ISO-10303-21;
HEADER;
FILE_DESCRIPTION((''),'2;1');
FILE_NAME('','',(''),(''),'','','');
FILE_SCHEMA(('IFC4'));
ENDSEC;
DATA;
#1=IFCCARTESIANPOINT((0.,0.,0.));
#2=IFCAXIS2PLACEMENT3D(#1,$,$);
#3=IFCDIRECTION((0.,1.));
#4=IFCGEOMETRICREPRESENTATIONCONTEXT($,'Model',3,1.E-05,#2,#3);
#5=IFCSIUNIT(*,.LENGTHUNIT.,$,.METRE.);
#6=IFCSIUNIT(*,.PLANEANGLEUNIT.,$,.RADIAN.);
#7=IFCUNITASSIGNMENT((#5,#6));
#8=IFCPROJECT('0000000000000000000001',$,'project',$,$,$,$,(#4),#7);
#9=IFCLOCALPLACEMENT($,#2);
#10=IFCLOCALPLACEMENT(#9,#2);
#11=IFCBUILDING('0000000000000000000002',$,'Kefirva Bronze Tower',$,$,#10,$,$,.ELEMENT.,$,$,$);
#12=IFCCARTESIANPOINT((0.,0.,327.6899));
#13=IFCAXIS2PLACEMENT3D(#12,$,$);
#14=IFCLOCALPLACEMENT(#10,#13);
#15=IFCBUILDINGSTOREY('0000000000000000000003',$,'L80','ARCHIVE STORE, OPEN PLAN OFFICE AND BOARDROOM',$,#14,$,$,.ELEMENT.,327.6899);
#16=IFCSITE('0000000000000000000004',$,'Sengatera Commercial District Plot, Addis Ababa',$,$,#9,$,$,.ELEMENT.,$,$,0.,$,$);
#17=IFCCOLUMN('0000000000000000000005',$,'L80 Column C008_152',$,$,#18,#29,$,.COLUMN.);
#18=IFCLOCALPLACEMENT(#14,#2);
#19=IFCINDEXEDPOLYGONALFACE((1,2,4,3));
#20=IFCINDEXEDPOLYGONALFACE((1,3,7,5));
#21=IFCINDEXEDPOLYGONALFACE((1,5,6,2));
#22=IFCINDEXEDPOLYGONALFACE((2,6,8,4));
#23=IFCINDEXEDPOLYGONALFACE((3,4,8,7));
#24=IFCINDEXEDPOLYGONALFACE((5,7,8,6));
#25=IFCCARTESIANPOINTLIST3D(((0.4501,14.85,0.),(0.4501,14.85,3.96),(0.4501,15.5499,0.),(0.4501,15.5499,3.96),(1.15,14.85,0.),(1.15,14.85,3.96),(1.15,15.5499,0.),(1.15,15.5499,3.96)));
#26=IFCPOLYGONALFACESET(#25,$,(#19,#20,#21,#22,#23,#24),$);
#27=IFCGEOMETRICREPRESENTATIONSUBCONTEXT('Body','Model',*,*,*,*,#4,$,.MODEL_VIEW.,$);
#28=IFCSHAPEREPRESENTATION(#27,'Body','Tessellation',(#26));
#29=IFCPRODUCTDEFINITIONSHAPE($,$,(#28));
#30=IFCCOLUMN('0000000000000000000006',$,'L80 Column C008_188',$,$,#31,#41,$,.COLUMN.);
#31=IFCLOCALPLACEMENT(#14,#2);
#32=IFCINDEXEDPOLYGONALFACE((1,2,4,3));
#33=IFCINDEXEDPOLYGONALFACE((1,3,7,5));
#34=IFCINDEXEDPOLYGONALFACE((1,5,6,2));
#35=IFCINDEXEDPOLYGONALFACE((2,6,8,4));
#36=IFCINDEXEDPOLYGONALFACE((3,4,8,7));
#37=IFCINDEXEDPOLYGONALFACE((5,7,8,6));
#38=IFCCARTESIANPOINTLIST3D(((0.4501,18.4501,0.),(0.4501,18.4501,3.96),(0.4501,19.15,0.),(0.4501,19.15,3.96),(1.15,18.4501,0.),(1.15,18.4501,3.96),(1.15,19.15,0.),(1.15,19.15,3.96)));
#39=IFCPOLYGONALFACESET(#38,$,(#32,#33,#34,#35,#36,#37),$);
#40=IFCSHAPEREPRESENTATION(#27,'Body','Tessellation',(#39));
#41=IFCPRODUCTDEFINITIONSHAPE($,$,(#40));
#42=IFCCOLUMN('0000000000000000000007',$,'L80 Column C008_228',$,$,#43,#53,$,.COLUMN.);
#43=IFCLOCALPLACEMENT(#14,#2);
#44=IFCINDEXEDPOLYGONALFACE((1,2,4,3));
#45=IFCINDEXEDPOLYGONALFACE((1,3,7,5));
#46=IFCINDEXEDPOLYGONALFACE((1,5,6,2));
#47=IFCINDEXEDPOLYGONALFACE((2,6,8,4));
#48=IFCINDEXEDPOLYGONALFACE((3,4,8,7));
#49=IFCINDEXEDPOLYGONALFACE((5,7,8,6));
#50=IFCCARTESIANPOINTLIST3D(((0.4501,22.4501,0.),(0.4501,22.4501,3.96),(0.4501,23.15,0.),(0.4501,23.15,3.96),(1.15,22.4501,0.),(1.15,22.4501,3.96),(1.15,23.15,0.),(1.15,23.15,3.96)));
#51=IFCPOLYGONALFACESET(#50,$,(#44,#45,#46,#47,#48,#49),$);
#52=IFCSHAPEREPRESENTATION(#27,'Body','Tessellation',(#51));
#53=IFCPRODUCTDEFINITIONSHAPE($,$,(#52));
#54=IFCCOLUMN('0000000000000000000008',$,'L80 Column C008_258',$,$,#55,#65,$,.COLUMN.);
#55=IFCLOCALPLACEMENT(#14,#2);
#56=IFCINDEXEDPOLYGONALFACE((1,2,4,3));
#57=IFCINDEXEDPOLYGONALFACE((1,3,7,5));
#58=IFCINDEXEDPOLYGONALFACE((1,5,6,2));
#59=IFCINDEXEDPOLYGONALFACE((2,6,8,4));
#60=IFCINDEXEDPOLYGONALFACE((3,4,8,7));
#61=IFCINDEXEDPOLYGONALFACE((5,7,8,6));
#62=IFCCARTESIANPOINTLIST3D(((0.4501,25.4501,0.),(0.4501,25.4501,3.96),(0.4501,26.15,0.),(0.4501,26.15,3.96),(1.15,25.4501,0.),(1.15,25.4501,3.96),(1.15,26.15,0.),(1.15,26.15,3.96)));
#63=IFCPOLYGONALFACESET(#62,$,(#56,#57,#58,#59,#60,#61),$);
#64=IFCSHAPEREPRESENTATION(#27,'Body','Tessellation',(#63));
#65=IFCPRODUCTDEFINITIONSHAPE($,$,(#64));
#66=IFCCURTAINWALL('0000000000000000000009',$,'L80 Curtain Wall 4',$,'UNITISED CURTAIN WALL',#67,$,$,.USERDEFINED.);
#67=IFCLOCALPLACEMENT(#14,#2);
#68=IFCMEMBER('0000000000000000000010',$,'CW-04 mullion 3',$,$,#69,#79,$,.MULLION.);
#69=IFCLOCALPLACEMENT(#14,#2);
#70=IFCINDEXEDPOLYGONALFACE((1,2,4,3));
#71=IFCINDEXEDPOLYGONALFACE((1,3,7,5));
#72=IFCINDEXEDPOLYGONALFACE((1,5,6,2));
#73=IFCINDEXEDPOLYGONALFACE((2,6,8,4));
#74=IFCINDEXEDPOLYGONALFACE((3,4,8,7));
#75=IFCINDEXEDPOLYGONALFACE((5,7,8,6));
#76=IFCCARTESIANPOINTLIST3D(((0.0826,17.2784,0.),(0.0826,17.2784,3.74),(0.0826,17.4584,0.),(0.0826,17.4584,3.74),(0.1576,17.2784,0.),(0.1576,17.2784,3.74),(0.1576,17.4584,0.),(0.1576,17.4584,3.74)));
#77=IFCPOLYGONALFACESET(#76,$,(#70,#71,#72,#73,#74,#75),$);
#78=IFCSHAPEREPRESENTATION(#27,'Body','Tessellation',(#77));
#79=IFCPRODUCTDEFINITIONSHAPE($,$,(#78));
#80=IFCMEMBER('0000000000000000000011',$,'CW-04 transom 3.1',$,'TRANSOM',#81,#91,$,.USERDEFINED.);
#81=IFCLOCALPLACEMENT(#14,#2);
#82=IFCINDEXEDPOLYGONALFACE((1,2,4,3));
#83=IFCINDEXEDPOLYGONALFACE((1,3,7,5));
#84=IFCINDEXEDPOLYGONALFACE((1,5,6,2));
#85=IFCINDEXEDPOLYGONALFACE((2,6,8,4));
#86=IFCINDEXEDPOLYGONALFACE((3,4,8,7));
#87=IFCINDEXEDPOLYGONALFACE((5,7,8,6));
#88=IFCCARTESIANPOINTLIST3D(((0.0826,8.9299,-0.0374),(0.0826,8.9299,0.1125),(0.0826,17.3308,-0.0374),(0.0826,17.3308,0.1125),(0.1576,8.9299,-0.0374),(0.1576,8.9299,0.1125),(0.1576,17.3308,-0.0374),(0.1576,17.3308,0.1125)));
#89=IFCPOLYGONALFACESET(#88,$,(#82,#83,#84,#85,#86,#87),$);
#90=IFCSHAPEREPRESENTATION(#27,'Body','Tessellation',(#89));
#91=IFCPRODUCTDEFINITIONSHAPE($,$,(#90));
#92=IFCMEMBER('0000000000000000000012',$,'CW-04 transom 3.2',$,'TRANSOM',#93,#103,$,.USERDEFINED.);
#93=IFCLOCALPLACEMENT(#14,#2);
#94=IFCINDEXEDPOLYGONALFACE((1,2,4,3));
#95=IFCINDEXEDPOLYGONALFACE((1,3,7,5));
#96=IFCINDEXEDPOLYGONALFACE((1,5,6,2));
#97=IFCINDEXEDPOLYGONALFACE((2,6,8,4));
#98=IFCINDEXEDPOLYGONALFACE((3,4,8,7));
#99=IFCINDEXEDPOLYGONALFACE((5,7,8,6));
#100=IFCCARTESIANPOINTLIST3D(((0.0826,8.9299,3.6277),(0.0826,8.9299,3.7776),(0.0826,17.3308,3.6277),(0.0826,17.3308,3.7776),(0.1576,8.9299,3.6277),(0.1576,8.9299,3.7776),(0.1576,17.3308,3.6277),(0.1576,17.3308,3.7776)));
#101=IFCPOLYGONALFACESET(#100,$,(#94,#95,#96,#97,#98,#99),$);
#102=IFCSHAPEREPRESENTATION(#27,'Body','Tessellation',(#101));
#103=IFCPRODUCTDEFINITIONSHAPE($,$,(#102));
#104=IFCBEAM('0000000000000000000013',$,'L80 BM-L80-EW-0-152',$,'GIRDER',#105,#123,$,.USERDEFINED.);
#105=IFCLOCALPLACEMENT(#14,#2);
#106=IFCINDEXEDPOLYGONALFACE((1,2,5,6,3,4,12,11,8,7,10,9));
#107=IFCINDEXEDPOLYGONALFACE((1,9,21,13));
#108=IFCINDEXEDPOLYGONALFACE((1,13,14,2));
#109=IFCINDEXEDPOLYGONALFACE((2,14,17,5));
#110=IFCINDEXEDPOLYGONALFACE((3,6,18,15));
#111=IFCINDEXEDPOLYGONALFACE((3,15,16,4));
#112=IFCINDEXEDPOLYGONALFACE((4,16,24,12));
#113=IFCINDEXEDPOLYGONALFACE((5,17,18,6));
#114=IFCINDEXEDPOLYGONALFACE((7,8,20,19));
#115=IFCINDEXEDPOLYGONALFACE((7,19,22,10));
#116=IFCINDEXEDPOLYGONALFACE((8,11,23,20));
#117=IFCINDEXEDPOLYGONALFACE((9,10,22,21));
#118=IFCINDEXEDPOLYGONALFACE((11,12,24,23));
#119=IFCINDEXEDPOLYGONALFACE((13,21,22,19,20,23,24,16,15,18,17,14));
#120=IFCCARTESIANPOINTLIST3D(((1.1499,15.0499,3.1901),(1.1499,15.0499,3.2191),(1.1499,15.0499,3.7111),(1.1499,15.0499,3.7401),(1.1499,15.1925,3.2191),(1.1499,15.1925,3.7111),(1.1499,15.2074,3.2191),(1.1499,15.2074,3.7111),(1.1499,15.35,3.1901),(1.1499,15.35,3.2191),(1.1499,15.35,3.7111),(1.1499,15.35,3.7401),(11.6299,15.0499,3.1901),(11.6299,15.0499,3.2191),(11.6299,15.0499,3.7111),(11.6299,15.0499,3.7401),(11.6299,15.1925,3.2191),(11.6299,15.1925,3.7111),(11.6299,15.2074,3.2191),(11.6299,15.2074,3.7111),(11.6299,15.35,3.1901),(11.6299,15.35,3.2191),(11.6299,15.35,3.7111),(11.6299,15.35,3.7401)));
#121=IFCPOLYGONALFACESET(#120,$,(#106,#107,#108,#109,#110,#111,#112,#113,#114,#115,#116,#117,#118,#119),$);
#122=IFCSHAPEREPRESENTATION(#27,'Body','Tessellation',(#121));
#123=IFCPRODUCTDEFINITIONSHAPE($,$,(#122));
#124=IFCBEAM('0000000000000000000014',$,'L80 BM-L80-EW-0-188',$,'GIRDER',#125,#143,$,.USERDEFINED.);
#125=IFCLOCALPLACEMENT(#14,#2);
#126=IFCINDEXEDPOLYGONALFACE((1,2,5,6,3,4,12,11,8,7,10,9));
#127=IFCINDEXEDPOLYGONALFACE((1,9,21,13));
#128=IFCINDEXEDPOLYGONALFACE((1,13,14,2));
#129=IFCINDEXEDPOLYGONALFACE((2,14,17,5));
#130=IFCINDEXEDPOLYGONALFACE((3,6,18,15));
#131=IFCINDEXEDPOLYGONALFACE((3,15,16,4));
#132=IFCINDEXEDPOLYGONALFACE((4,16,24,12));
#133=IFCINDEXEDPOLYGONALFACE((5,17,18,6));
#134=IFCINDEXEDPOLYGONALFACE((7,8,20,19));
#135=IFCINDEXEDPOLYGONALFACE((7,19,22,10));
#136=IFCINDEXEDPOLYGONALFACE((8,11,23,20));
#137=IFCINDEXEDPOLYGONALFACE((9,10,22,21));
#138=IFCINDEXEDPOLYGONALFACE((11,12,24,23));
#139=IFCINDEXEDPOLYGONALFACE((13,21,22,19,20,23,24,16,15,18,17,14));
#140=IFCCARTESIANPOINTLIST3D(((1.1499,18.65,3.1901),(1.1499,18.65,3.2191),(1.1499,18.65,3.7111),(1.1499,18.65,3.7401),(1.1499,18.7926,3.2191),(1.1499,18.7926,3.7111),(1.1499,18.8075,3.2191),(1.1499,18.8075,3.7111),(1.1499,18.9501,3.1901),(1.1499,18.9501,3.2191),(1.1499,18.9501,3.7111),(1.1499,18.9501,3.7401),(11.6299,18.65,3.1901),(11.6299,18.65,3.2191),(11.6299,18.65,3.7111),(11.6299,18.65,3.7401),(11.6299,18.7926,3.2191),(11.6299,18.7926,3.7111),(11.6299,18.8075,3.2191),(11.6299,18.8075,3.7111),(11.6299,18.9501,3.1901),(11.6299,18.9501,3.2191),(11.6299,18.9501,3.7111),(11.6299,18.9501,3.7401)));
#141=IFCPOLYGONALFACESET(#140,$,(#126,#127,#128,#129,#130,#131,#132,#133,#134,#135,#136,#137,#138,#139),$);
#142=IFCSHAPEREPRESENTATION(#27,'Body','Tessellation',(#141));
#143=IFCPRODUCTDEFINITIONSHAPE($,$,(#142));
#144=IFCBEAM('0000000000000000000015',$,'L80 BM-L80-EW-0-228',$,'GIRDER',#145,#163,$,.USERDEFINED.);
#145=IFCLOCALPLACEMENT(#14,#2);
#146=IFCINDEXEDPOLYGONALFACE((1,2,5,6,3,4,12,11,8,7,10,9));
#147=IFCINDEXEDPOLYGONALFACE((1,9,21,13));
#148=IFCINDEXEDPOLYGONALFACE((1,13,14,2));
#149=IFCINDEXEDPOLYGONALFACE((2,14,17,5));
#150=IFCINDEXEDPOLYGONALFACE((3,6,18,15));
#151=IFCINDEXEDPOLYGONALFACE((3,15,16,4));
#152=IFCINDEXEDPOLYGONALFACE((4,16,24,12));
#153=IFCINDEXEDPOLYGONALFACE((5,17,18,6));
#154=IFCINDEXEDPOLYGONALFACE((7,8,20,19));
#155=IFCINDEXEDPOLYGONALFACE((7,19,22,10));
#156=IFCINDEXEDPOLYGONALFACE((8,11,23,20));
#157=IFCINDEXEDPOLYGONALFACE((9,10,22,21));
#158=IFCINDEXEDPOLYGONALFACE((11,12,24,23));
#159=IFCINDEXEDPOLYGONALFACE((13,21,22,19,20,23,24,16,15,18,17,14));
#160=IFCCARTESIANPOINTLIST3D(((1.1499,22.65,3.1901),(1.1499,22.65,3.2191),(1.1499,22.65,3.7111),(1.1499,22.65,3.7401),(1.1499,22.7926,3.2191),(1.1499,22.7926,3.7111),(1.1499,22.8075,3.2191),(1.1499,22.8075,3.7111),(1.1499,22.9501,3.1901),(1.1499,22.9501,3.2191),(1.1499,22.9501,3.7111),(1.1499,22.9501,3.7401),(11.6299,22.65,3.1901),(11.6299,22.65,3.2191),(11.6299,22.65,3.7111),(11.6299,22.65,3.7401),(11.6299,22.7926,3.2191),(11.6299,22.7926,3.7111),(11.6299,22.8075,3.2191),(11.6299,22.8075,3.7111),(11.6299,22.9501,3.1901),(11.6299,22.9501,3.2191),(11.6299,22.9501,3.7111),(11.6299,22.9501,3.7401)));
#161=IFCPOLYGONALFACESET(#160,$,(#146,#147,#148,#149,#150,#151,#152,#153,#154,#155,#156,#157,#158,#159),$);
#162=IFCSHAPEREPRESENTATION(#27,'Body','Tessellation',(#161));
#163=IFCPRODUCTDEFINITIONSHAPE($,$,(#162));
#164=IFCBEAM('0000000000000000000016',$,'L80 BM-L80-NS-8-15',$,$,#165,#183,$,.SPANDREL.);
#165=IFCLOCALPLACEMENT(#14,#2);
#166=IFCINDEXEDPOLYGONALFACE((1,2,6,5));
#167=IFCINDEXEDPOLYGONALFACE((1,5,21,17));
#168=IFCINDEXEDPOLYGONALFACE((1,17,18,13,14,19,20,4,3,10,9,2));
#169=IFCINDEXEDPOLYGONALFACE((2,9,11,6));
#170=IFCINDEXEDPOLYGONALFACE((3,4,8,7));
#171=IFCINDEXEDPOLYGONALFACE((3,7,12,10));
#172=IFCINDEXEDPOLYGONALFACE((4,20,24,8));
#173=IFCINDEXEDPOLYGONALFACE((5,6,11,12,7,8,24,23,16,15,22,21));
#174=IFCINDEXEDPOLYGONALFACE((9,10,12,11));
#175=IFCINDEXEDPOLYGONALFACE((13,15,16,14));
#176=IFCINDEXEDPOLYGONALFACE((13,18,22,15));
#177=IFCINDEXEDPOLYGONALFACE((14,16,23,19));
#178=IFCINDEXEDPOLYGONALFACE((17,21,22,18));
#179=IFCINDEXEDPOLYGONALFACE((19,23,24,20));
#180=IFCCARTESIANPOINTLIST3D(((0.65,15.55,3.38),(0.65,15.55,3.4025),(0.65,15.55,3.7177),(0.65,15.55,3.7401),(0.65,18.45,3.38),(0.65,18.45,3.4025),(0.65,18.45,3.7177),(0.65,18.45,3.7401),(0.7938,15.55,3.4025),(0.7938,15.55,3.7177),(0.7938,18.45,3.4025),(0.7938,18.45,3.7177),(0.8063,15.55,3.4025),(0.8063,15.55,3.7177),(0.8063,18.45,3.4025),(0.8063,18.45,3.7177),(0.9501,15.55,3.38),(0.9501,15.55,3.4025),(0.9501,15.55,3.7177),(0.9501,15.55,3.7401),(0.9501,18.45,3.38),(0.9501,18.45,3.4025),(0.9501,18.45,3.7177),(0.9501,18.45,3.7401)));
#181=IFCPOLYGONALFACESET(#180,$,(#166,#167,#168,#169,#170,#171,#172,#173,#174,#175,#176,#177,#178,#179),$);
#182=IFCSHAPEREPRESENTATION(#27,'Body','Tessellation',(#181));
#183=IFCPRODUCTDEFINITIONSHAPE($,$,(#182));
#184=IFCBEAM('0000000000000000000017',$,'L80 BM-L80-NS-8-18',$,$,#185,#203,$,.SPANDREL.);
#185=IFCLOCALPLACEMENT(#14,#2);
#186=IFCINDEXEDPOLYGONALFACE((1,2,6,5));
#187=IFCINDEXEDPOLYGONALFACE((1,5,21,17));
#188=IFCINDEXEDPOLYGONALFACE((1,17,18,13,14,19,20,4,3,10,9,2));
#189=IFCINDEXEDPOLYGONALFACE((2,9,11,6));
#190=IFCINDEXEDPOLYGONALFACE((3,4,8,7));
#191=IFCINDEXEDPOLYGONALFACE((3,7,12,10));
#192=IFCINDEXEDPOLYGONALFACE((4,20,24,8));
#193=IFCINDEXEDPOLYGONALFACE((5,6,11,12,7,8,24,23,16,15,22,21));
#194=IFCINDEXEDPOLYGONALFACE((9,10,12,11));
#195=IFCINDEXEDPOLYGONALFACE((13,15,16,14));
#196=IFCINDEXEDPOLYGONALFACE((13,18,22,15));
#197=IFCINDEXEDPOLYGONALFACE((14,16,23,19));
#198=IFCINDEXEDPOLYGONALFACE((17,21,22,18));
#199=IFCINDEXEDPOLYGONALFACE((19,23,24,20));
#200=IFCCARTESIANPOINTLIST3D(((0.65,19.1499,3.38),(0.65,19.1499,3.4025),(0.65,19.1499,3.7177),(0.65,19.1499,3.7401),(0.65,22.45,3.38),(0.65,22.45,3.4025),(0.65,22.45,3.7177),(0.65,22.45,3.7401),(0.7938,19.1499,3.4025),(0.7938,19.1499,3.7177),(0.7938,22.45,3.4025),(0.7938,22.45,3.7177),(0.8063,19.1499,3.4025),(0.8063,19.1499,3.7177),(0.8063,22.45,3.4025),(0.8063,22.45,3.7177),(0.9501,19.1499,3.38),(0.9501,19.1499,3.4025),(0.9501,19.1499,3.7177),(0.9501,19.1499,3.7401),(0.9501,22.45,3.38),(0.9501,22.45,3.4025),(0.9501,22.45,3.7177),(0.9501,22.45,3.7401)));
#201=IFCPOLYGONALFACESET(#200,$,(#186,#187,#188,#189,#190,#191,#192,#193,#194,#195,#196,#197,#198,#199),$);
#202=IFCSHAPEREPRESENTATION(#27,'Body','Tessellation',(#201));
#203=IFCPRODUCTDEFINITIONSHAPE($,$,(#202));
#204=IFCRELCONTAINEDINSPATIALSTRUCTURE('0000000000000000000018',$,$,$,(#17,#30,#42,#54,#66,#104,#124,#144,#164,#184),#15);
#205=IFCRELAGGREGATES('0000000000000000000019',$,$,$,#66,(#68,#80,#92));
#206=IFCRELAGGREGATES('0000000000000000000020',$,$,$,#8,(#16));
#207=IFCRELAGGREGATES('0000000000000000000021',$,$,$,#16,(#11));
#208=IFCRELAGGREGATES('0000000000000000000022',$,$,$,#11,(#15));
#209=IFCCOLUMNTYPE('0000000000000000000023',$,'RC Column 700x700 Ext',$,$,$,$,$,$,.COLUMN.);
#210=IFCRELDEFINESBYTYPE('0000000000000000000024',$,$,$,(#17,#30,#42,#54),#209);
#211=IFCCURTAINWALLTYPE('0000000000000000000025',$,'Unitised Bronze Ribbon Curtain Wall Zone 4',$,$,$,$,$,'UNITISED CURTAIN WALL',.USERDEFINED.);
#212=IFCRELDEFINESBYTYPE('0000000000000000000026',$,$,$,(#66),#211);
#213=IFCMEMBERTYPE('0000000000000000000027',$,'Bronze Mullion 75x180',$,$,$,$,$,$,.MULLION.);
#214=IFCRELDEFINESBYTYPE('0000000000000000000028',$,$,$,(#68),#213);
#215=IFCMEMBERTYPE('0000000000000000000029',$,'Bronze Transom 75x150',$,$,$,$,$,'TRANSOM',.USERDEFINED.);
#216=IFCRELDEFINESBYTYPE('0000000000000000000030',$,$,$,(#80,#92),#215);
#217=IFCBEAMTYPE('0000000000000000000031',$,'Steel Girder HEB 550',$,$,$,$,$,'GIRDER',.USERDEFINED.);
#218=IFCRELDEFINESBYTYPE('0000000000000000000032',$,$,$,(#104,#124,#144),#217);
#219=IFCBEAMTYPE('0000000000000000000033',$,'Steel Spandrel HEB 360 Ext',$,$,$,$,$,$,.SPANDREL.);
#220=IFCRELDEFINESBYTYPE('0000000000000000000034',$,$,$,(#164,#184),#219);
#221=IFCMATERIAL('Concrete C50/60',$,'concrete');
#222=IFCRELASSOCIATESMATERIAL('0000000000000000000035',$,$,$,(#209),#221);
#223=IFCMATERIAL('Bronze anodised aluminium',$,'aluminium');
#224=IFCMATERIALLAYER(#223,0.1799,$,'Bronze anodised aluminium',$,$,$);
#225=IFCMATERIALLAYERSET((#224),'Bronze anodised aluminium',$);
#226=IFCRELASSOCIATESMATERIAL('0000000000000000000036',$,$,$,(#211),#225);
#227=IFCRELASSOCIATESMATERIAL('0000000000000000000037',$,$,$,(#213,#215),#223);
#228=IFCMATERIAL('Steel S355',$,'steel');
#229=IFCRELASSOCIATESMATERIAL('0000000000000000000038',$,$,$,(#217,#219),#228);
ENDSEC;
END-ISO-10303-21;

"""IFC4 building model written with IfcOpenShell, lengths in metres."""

from ifc_helpers import new_model, si_unit, direction, frame, origin, origin_2d, place, context, subcontext, project, spatial, rectangle, i_section, extrude, material, layer, layer_set, material_profile, profile_set, type_object, element, aggregate, save


model = new_model("IFC4")

# Units and contexts
model_context = context("Model", 3, precision=1e-05, world=origin(), true_north=direction((0.0, 1.0)))
body_context = subcontext(model_context, "Body", "Model", "MODEL_VIEW")
ifc_project = project(units=[si_unit("LENGTHUNIT", "METRE"), si_unit("PLANEANGLEUNIT", "RADIAN")], contexts=[model_context])

# Site, building, storey
site_placement = place(None, origin())
site = spatial("IfcSite", under=ifc_project, at=site_placement, Name="Sengatera Commercial District Plot, Addis Ababa", CompositionType="ELEMENT", RefElevation=0.0)
building_placement = place(site_placement, origin())
building = spatial("IfcBuilding", under=site, at=building_placement, Name="Kefirva Bronze Tower", CompositionType="ELEMENT")
storey_placement = place(building_placement, frame((0.0, 0.0, 327.6899)))
storey = spatial("IfcBuildingStorey", under=building, at=storey_placement, Name="L80", Description="ARCHIVE STORE, OPEN PLAN OFFICE AND BOARDROOM", CompositionType="ELEMENT", Elevation=327.6899)

# Columns
ifc_material_1 = material(Name="Concrete C50/60", Category="concrete")
ifc_material_profile_1 = material_profile(ifc_material_1, rectangle(XDim=0.7, YDim=0.7, at=origin_2d()), Name="RC 700x700")
ifc_profile_set_1 = profile_set([ifc_material_profile_1], Name="Concrete C50/60")
column_type = type_object("IfcColumnType", Name="RC Column 700x700 Ext", PredefinedType="COLUMN", material=ifc_profile_set_1)
for number, where, z_axis, x_axis, name in (
    (1, (0.8, 15.2, 0.0), (0.0, 0.0, 1.0), (1.0, 0.0, 0.0), "L80 Column C008_152"),
    (2, (0.8, 18.8, 0.0), (0.0, 0.0, 1.0), (1.0, 0.0, 0.0), "L80 Column C008_188"),
    (3, (0.8, 22.8, 0.0), (0.0, 0.0, 1.0), (1.0, 0.0, 0.0), "L80 Column C008_228"),
    (4, (0.8, 25.8, 0.0), (0.0, 0.0, 1.0), (1.0, 0.0, 0.0), "L80 Column C008_258"),
):
    element("IfcColumn", number, at=place(storey_placement, frame(where, z_axis=z_axis, x_axis=x_axis)), inside=storey, type_object=column_type, Name=name, PredefinedType="COLUMN", context=body_context, shape_type="SweptSolid", body=[
        extrude(rectangle(XDim=0.7, YDim=0.7, at=origin_2d()), origin(), (0.0, 0.0, 1.0), 3.96),
    ])

# Curtain wall, members
ifc_material_2 = material(Name="Bronze anodised aluminium", Category="aluminium")
ifc_layer_1 = layer(ifc_material_2, 0.1799, Name="Bronze anodised aluminium")
ifc_layer_set_1 = layer_set([ifc_layer_1], Name="Bronze anodised aluminium")
curtain_wall_type = type_object("IfcCurtainWallType", Name="Unitised Bronze Ribbon Curtain Wall Zone 4", ElementType="UNITISED CURTAIN WALL", PredefinedType="USERDEFINED", material=ifc_layer_set_1)
curtain_wall_placement = place(storey_placement, origin())
curtain_wall = element("IfcCurtainWall", 5, at=curtain_wall_placement, inside=storey, type_object=curtain_wall_type, Name="L80 Curtain Wall 4", ObjectType="UNITISED CURTAIN WALL", PredefinedType="USERDEFINED")
ifc_material_profile_2 = material_profile(ifc_material_2, rectangle(XDim=0.075, YDim=0.1799, at=origin_2d()), Name="ALU 75x180")
ifc_profile_set_2 = profile_set([ifc_material_profile_2], Name="Bronze anodised aluminium")
member_type_1 = type_object("IfcMemberType", Name="Bronze Mullion 75x180", PredefinedType="MULLION", material=ifc_profile_set_2)
member_1_placement = place(storey_placement, frame((0.1201, 17.3684, 0.0), z_axis=(0.0, 0.0, 1.0), x_axis=(1.0, 0.0, 0.0)))
member_1 = element("IfcMember", 6, at=member_1_placement, type_object=member_type_1, Name="CW-04 mullion 3", PredefinedType="MULLION", context=body_context, shape_type="SweptSolid", body=[
    extrude(rectangle(XDim=0.075, YDim=0.1799, at=origin_2d()), origin(), (0.0, 0.0, 1.0), 3.74),
])
ifc_material_profile_3 = material_profile(ifc_material_2, rectangle(XDim=0.075, YDim=0.1499, at=origin_2d()), Name="ALU 75x150")
ifc_profile_set_3 = profile_set([ifc_material_profile_3], Name="Bronze anodised aluminium")
member_type_2 = type_object("IfcMemberType", Name="Bronze Transom 75x150", ElementType="TRANSOM", PredefinedType="USERDEFINED", material=ifc_profile_set_3)
member_2_placement = place(storey_placement, frame((0.1201, 17.3308, 0.0376), z_axis=(0.0, -1.0, 0.0), x_axis=(1.0, 0.0, 0.0)))
member_2 = element("IfcMember", 7, at=member_2_placement, type_object=member_type_2, Name="CW-04 transom 3.1", ObjectType="TRANSOM", PredefinedType="USERDEFINED", context=body_context, shape_type="SweptSolid", body=[
    extrude(rectangle(XDim=0.075, YDim=0.1499, at=origin_2d()), origin(), (0.0, 0.0, 1.0), 8.4009),
])
member_3_placement = place(storey_placement, frame((0.1201, 17.3308, 3.7026), z_axis=(0.0, -1.0, 0.0), x_axis=(1.0, 0.0, 0.0)))
member_3 = element("IfcMember", 8, at=member_3_placement, type_object=member_type_2, Name="CW-04 transom 3.2", ObjectType="TRANSOM", PredefinedType="USERDEFINED", context=body_context, shape_type="SweptSolid", body=[
    extrude(rectangle(XDim=0.075, YDim=0.1499, at=origin_2d()), origin(), (0.0, 0.0, 1.0), 8.4009),
])

# Beams
ifc_material_3 = material(Name="Steel S355", Category="steel")
ifc_material_profile_4 = material_profile(ifc_material_3, i_section(OverallWidth=0.3, OverallDepth=0.55, WebThickness=0.0149, FlangeThickness=0.0291, at=origin_2d()), Name="HEB 550")
ifc_profile_set_4 = profile_set([ifc_material_profile_4], Name="Steel S355")
beam_type_1 = type_object("IfcBeamType", Name="Steel Girder HEB 550", ElementType="GIRDER", PredefinedType="USERDEFINED", material=ifc_profile_set_4)
for number, where, z_axis, x_axis, name in (
    (9, (1.1499, 15.2, 3.4651), (1.0, 0.0, 0.0), (0.0, 1.0, 0.0), "L80 BM-L80-EW-0-152"),
    (10, (1.1499, 18.8, 3.4651), (1.0, 0.0, 0.0), (0.0, 1.0, 0.0), "L80 BM-L80-EW-0-188"),
    (11, (1.1499, 22.8, 3.4651), (1.0, 0.0, 0.0), (0.0, 1.0, 0.0), "L80 BM-L80-EW-0-228"),
):
    element("IfcBeam", number, at=place(storey_placement, frame(where, z_axis=z_axis, x_axis=x_axis)), inside=storey, type_object=beam_type_1, Name=name, ObjectType="GIRDER", PredefinedType="USERDEFINED", context=body_context, shape_type="SweptSolid", body=[
        extrude(i_section(OverallWidth=0.3, OverallDepth=0.55, WebThickness=0.0149, FlangeThickness=0.0291, at=origin_2d()), origin(), (0.0, 0.0, 1.0), 10.48),
    ])
ifc_material_profile_5 = material_profile(ifc_material_3, i_section(OverallWidth=0.3, OverallDepth=0.3601, WebThickness=0.0125, FlangeThickness=0.0225, at=origin_2d()), Name="HEB 360")
ifc_profile_set_5 = profile_set([ifc_material_profile_5], Name="Steel S355")
beam_type_2 = type_object("IfcBeamType", Name="Steel Spandrel HEB 360 Ext", PredefinedType="SPANDREL", material=ifc_profile_set_5)
beam_1_placement = place(storey_placement, frame((0.8, 15.55, 3.5601), z_axis=(0.0, 1.0, 0.0), x_axis=(-1.0, 0.0, 0.0)))
element("IfcBeam", 12, at=beam_1_placement, inside=storey, type_object=beam_type_2, Name="L80 BM-L80-NS-8-15", PredefinedType="SPANDREL", context=body_context, shape_type="SweptSolid", body=[
    extrude(i_section(OverallWidth=0.3, OverallDepth=0.3601, WebThickness=0.0125, FlangeThickness=0.0225, at=origin_2d()), origin(), (0.0, 0.0, 1.0), 2.8999),
])
beam_2_placement = place(storey_placement, frame((0.8, 19.1499, 3.5601), z_axis=(0.0, 1.0, 0.0), x_axis=(-1.0, 0.0, 0.0)))
element("IfcBeam", 13, at=beam_2_placement, inside=storey, type_object=beam_type_2, Name="L80 BM-L80-NS-8-18", PredefinedType="SPANDREL", context=body_context, shape_type="SweptSolid", body=[
    extrude(i_section(OverallWidth=0.3, OverallDepth=0.3601, WebThickness=0.0125, FlangeThickness=0.0225, at=origin_2d()), origin(), (0.0, 0.0, 1.0), 3.3),
])

aggregate(curtain_wall, [member_1, member_2, member_3])

save(model, "model.ifc")
